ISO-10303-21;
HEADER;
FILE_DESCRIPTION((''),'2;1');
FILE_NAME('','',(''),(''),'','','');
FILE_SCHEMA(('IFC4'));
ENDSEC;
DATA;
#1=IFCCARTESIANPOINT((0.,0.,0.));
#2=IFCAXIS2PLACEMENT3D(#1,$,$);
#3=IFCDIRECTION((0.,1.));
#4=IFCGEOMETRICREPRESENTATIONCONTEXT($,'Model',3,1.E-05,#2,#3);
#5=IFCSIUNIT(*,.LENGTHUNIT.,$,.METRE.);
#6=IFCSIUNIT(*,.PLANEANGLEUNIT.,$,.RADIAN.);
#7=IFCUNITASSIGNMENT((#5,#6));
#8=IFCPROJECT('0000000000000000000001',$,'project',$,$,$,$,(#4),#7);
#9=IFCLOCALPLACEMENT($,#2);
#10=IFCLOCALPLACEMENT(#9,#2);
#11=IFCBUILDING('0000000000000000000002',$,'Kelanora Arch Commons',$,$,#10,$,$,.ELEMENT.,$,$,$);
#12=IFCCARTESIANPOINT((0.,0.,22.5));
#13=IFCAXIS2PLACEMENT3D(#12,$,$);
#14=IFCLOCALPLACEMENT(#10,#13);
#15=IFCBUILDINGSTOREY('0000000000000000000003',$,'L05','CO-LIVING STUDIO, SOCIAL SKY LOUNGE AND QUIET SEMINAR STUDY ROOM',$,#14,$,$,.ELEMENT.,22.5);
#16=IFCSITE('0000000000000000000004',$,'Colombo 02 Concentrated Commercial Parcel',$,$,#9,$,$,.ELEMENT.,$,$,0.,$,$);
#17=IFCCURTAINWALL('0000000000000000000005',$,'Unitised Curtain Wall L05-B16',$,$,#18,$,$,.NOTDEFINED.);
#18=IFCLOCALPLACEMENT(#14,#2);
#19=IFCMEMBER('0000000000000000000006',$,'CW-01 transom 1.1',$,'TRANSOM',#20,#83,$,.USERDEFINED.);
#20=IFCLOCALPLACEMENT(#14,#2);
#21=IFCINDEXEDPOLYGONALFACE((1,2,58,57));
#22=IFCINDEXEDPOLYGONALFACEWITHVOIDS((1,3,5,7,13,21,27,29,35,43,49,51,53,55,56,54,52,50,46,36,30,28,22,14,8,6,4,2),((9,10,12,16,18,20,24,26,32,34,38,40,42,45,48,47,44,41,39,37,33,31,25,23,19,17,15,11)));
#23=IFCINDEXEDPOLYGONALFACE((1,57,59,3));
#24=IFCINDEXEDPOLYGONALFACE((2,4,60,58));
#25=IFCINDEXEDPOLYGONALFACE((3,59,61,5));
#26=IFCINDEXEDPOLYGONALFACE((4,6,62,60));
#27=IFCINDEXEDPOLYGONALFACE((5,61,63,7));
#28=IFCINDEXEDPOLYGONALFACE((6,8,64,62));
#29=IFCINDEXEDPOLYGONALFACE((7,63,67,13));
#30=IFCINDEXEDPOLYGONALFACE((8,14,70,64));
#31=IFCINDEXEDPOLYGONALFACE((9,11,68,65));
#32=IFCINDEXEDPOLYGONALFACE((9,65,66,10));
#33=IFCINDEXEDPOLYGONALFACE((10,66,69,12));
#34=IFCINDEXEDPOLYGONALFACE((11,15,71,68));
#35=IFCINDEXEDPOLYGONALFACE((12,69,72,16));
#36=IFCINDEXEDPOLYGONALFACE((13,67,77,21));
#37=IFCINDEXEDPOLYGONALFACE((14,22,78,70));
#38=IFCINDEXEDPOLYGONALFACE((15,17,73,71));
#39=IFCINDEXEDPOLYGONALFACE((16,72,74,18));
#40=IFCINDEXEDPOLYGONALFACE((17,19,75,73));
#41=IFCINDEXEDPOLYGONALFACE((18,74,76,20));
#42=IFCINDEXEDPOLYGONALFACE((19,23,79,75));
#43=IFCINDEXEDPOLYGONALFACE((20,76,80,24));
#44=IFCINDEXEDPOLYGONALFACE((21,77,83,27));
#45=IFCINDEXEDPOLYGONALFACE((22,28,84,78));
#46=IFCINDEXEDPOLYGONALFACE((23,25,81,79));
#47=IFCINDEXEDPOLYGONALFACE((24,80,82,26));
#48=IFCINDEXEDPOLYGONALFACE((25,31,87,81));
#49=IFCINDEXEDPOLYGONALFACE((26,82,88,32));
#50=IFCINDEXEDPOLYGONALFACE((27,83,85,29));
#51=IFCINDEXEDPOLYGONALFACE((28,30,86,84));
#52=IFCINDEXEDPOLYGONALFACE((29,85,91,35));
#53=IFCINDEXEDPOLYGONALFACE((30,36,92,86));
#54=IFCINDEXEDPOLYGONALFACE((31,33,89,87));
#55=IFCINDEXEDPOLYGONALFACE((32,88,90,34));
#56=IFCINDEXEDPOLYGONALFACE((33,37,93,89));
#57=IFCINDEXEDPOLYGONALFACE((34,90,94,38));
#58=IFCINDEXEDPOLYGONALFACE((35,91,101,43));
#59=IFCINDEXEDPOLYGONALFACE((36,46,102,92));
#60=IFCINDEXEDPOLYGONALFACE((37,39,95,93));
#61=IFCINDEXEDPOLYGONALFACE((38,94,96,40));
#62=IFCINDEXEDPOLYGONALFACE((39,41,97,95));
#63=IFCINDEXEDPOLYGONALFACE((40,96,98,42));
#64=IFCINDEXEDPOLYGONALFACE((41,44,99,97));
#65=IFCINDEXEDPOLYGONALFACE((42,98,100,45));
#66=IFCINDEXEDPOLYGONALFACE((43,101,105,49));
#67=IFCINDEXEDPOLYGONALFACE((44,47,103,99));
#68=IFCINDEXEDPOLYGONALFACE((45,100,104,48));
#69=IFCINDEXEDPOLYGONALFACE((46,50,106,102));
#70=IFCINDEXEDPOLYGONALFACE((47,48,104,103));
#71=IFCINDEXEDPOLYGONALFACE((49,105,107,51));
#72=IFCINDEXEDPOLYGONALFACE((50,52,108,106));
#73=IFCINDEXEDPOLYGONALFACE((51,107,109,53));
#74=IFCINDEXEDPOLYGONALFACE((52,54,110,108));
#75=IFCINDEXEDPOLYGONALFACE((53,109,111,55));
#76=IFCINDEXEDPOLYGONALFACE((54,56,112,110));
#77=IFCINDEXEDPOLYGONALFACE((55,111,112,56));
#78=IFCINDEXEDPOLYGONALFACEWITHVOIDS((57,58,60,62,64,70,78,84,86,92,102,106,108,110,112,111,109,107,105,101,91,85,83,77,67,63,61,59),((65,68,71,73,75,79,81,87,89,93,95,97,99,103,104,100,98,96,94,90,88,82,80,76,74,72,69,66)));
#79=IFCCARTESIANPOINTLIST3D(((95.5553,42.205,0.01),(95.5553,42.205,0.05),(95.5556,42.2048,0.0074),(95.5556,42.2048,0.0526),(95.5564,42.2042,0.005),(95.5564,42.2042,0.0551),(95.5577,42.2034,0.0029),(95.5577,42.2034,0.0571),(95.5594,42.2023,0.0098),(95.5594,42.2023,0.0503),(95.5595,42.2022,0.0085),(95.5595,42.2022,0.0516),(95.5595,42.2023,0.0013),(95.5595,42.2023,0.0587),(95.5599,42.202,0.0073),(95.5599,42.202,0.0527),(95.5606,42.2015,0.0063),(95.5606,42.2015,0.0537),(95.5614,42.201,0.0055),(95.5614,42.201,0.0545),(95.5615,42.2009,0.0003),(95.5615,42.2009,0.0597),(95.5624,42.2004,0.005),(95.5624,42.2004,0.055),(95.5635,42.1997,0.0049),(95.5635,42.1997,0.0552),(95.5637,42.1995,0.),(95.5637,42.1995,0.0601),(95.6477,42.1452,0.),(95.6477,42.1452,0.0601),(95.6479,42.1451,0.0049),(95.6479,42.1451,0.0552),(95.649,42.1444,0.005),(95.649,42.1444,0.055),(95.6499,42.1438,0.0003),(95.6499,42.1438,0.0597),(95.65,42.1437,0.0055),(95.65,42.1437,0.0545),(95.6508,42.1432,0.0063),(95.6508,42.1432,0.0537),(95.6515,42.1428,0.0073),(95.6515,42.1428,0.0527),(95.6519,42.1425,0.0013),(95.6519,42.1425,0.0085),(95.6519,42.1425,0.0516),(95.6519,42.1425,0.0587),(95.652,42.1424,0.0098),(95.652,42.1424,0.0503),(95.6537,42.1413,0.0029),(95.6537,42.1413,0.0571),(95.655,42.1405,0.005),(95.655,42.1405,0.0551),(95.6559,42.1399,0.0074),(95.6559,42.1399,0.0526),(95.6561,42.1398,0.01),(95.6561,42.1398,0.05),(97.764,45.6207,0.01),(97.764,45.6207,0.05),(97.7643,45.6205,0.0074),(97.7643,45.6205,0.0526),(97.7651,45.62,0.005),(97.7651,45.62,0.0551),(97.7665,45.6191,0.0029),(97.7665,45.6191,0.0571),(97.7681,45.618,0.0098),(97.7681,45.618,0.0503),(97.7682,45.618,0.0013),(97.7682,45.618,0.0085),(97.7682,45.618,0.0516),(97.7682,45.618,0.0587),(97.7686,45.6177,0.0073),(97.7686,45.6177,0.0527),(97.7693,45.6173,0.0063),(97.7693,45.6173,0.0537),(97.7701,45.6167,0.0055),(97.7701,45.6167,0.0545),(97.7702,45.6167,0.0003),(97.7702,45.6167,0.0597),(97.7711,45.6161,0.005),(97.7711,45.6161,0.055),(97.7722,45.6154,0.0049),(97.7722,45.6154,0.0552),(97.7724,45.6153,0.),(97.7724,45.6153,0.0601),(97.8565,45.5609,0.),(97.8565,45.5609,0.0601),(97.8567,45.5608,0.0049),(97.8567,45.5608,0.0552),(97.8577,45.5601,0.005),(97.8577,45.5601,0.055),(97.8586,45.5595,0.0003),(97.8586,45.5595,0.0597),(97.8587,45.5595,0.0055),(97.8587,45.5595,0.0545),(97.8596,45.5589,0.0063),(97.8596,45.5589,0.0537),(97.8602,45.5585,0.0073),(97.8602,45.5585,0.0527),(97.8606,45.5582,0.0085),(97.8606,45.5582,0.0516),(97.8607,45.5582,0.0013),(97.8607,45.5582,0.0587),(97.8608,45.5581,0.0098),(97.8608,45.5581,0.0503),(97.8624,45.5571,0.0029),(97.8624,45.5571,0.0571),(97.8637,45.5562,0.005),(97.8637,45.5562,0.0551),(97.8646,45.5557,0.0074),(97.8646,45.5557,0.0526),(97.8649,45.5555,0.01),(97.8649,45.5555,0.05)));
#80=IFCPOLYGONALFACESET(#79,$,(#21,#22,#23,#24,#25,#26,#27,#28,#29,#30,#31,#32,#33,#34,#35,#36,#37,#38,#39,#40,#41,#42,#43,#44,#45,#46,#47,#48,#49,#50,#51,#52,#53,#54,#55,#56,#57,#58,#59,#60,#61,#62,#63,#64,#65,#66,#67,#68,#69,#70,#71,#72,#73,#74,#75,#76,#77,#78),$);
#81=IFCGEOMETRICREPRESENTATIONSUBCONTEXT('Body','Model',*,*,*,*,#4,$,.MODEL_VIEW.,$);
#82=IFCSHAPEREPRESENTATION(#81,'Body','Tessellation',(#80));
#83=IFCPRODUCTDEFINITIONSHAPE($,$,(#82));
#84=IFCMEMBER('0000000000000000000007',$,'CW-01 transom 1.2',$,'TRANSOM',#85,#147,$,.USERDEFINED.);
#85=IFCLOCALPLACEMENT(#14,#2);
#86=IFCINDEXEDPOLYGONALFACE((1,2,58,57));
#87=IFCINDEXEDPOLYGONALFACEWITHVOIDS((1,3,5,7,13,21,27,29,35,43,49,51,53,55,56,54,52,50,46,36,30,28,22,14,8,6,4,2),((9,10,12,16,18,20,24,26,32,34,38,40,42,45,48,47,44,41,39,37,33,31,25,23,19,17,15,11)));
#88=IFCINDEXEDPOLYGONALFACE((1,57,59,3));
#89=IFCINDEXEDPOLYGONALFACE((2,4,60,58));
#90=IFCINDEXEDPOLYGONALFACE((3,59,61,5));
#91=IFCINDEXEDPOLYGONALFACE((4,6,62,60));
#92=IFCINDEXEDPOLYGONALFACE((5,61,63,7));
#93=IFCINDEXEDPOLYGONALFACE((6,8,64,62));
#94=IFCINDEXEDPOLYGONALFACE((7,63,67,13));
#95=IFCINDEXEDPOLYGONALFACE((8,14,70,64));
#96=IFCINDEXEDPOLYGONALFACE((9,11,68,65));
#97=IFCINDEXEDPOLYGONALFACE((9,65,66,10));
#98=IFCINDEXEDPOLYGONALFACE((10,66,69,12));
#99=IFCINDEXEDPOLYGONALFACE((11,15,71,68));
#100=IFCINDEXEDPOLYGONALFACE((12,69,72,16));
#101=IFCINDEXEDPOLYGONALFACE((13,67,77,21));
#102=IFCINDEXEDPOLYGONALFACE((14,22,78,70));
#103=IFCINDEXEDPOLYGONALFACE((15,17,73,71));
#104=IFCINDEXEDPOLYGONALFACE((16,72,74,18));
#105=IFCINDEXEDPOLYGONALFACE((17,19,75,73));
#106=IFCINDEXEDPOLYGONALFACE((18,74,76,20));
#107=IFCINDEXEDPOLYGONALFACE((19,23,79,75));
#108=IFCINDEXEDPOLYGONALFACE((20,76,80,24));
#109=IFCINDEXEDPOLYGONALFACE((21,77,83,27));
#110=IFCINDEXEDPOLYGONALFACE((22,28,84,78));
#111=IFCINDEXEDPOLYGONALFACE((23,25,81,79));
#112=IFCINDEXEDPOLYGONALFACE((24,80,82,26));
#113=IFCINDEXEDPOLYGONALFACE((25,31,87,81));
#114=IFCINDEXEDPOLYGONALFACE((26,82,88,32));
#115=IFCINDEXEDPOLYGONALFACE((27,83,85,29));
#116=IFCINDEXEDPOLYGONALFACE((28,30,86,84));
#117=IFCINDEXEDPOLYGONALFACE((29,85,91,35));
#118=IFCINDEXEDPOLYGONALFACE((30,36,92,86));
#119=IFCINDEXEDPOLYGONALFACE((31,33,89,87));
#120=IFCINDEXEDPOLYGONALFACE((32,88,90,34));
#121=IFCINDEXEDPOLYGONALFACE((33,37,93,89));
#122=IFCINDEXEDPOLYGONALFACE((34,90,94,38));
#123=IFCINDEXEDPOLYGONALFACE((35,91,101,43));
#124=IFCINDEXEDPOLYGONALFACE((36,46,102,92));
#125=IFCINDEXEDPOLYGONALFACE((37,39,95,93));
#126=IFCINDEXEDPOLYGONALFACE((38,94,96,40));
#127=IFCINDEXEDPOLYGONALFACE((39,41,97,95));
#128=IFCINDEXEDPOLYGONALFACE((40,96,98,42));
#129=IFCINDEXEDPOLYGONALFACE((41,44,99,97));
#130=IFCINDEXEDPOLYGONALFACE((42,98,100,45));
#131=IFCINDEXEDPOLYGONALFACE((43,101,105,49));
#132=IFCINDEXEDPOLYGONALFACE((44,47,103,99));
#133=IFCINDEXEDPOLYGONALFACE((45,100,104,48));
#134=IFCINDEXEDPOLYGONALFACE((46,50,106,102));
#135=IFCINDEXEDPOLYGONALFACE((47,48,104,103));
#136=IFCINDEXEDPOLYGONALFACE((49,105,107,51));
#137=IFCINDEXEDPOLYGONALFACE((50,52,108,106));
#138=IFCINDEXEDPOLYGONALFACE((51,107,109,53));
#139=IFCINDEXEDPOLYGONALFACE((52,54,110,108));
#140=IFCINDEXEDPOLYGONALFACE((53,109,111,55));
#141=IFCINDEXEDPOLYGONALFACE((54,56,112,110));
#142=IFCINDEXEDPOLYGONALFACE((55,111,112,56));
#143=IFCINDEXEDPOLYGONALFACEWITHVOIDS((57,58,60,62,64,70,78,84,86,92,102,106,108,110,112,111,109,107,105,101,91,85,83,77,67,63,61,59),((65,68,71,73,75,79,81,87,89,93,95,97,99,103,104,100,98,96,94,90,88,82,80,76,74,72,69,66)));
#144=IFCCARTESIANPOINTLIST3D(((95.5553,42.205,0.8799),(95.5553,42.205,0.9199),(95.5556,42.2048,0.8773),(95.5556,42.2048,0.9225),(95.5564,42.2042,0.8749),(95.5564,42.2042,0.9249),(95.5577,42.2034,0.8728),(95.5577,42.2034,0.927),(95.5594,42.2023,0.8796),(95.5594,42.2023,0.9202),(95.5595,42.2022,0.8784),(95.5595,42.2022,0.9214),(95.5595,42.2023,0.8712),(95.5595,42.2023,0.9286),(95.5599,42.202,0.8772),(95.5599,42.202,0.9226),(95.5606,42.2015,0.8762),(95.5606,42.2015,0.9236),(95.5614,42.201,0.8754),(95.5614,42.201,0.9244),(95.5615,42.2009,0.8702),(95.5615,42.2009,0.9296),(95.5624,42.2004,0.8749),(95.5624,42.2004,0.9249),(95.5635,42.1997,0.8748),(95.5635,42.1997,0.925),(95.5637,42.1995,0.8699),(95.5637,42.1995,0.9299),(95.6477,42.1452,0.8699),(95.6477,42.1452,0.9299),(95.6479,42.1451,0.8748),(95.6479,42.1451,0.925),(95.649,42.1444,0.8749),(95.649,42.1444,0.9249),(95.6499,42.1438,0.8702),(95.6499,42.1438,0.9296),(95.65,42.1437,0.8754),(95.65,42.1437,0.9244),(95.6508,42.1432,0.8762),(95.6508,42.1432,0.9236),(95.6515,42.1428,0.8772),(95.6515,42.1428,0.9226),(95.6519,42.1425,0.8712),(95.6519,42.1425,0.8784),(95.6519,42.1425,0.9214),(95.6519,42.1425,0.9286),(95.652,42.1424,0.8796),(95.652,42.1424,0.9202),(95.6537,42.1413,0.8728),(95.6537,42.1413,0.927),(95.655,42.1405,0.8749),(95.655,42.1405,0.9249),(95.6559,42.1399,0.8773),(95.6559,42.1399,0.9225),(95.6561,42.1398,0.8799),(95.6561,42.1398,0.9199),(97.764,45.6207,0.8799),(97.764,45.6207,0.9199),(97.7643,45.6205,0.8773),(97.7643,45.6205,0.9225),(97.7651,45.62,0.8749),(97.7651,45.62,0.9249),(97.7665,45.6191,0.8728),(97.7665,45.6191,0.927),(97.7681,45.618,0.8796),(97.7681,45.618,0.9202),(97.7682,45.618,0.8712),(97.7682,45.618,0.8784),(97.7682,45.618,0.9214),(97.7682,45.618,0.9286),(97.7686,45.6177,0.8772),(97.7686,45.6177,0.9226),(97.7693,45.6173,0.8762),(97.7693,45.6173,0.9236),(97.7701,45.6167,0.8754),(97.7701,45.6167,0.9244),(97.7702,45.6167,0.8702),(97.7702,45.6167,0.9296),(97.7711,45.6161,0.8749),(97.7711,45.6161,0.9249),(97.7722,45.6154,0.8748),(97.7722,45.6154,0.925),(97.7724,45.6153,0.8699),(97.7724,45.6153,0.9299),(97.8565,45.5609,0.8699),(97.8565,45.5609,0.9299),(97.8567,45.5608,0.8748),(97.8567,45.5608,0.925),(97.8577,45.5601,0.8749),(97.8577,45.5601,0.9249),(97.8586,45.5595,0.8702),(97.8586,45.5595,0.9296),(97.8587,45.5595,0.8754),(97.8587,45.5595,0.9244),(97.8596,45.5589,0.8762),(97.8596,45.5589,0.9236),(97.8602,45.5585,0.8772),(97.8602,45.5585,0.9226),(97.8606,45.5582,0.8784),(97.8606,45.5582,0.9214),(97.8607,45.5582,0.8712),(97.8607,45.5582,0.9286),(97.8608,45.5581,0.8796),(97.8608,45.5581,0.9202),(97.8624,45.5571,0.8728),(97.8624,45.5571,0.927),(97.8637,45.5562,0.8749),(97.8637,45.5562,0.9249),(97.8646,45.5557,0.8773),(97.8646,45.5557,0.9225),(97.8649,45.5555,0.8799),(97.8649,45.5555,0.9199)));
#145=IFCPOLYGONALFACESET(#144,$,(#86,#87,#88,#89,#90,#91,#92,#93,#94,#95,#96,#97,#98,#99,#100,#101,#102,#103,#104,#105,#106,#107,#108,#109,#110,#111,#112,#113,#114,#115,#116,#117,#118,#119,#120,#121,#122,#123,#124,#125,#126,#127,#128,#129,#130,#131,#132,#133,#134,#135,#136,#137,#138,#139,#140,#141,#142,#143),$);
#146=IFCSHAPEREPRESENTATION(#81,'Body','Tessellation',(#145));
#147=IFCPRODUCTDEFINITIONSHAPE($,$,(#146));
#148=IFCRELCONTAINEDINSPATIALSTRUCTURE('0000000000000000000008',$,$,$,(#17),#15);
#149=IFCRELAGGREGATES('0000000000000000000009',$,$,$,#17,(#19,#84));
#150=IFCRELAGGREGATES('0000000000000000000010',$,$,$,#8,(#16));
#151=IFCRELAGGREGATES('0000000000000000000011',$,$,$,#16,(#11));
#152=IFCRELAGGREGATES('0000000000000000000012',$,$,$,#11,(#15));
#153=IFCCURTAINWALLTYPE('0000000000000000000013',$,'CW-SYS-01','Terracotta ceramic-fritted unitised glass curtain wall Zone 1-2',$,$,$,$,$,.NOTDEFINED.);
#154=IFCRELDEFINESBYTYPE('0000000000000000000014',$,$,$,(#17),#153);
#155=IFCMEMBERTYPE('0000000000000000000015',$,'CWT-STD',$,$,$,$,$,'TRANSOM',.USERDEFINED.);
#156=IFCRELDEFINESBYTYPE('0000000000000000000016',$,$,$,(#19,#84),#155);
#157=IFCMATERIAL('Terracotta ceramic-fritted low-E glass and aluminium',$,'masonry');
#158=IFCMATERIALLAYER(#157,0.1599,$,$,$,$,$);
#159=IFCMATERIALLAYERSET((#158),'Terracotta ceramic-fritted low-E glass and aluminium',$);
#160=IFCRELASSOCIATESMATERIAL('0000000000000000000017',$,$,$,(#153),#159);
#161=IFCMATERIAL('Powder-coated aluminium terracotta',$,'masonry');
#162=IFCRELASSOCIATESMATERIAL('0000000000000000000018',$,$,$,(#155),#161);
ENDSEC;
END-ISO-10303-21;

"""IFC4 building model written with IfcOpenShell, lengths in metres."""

from ifc_helpers import new_model, si_unit, direction, frame, origin, origin_2d, place, context, subcontext, project, spatial, hollow_rectangle, extrude, material, layer, layer_set, material_profile, profile_set, type_object, element, aggregate, save


model = new_model("IFC4")

# Units and contexts
model_context = context("Model", 3, precision=1e-05, world=origin(), true_north=direction((0.0, 1.0)))
body_context = subcontext(model_context, "Body", "Model", "MODEL_VIEW")
ifc_project = project(units=[si_unit("LENGTHUNIT", "METRE"), si_unit("PLANEANGLEUNIT", "RADIAN")], contexts=[model_context])

# Site, building, storey
site_placement = place(None, origin())
site = spatial("IfcSite", under=ifc_project, at=site_placement, Name="Colombo 02 Concentrated Commercial Parcel", CompositionType="ELEMENT", RefElevation=0.0)
building_placement = place(site_placement, origin())
building = spatial("IfcBuilding", under=site, at=building_placement, Name="Kelanora Arch Commons", CompositionType="ELEMENT")
storey_placement = place(building_placement, frame((0.0, 0.0, 22.5)))
storey = spatial("IfcBuildingStorey", under=building, at=storey_placement, Name="L05", Description="CO-LIVING STUDIO, SOCIAL SKY LOUNGE AND QUIET SEMINAR STUDY ROOM", CompositionType="ELEMENT", Elevation=22.5)

# Curtain wall, members
ifc_material_1 = material(Name="Terracotta ceramic-fritted low-E glass and aluminium", Category="masonry")
ifc_layer_1 = layer(ifc_material_1, 0.1599)
ifc_layer_set_1 = layer_set([ifc_layer_1], Name="Terracotta ceramic-fritted low-E glass and aluminium")
curtain_wall_type = type_object("IfcCurtainWallType", Name="CW-SYS-01", Description="Terracotta ceramic-fritted unitised glass curtain wall Zone 1-2", PredefinedType="NOTDEFINED", material=ifc_layer_set_1)
curtain_wall_placement = place(storey_placement, origin())
curtain_wall = element("IfcCurtainWall", 1, at=curtain_wall_placement, inside=storey, type_object=curtain_wall_type, Name="Unitised Curtain Wall L05-B16", PredefinedType="NOTDEFINED")
ifc_material_2 = material(Name="Powder-coated aluminium terracotta", Category="masonry")
ifc_material_profile_1 = material_profile(ifc_material_2, hollow_rectangle(XDim=0.1201, YDim=0.0601, WallThickness=0.0049, InnerFilletRadius=0.0049, OuterFilletRadius=0.01, at=origin_2d()), Name="CWT120x60")
ifc_profile_set_1 = profile_set([ifc_material_profile_1], Name="Powder-coated aluminium terracotta")
member_type_1 = type_object("IfcMemberType", Name="CWT-STD", ElementType="TRANSOM", PredefinedType="USERDEFINED", material=ifc_profile_set_1)
member_1_placement = place(storey_placement, frame((95.6057, 42.1724, 0.03), z_axis=(0.542997, 0.839734, 0.0), x_axis=(-0.839734, 0.542997, 0.0)))
member_1 = element("IfcMember", 2, at=member_1_placement, type_object=member_type_1, Name="CW-01 transom 1.1", ObjectType="TRANSOM", PredefinedType="USERDEFINED", context=body_context, shape_type="SweptSolid", body=[
    extrude(hollow_rectangle(XDim=0.1201, YDim=0.0601, WallThickness=0.0049, InnerFilletRadius=0.0049, OuterFilletRadius=0.01, at=origin_2d()), origin(), (0.0, 0.0, 1.0), 4.0676),
])
member_2_placement = place(storey_placement, frame((95.6057, 42.1724, 0.8999), z_axis=(0.542997, 0.839734, 0.0), x_axis=(-0.839734, 0.542997, 0.0)))
member_2 = element("IfcMember", 3, at=member_2_placement, type_object=member_type_1, Name="CW-01 transom 1.2", ObjectType="TRANSOM", PredefinedType="USERDEFINED", context=body_context, shape_type="SweptSolid", body=[
    extrude(hollow_rectangle(XDim=0.1201, YDim=0.0601, WallThickness=0.0049, InnerFilletRadius=0.0049, OuterFilletRadius=0.01, at=origin_2d()), origin(), (0.0, 0.0, 1.0), 4.0676),
])
aggregate(curtain_wall, [member_1, member_2])

save(model, "model.ifc")
